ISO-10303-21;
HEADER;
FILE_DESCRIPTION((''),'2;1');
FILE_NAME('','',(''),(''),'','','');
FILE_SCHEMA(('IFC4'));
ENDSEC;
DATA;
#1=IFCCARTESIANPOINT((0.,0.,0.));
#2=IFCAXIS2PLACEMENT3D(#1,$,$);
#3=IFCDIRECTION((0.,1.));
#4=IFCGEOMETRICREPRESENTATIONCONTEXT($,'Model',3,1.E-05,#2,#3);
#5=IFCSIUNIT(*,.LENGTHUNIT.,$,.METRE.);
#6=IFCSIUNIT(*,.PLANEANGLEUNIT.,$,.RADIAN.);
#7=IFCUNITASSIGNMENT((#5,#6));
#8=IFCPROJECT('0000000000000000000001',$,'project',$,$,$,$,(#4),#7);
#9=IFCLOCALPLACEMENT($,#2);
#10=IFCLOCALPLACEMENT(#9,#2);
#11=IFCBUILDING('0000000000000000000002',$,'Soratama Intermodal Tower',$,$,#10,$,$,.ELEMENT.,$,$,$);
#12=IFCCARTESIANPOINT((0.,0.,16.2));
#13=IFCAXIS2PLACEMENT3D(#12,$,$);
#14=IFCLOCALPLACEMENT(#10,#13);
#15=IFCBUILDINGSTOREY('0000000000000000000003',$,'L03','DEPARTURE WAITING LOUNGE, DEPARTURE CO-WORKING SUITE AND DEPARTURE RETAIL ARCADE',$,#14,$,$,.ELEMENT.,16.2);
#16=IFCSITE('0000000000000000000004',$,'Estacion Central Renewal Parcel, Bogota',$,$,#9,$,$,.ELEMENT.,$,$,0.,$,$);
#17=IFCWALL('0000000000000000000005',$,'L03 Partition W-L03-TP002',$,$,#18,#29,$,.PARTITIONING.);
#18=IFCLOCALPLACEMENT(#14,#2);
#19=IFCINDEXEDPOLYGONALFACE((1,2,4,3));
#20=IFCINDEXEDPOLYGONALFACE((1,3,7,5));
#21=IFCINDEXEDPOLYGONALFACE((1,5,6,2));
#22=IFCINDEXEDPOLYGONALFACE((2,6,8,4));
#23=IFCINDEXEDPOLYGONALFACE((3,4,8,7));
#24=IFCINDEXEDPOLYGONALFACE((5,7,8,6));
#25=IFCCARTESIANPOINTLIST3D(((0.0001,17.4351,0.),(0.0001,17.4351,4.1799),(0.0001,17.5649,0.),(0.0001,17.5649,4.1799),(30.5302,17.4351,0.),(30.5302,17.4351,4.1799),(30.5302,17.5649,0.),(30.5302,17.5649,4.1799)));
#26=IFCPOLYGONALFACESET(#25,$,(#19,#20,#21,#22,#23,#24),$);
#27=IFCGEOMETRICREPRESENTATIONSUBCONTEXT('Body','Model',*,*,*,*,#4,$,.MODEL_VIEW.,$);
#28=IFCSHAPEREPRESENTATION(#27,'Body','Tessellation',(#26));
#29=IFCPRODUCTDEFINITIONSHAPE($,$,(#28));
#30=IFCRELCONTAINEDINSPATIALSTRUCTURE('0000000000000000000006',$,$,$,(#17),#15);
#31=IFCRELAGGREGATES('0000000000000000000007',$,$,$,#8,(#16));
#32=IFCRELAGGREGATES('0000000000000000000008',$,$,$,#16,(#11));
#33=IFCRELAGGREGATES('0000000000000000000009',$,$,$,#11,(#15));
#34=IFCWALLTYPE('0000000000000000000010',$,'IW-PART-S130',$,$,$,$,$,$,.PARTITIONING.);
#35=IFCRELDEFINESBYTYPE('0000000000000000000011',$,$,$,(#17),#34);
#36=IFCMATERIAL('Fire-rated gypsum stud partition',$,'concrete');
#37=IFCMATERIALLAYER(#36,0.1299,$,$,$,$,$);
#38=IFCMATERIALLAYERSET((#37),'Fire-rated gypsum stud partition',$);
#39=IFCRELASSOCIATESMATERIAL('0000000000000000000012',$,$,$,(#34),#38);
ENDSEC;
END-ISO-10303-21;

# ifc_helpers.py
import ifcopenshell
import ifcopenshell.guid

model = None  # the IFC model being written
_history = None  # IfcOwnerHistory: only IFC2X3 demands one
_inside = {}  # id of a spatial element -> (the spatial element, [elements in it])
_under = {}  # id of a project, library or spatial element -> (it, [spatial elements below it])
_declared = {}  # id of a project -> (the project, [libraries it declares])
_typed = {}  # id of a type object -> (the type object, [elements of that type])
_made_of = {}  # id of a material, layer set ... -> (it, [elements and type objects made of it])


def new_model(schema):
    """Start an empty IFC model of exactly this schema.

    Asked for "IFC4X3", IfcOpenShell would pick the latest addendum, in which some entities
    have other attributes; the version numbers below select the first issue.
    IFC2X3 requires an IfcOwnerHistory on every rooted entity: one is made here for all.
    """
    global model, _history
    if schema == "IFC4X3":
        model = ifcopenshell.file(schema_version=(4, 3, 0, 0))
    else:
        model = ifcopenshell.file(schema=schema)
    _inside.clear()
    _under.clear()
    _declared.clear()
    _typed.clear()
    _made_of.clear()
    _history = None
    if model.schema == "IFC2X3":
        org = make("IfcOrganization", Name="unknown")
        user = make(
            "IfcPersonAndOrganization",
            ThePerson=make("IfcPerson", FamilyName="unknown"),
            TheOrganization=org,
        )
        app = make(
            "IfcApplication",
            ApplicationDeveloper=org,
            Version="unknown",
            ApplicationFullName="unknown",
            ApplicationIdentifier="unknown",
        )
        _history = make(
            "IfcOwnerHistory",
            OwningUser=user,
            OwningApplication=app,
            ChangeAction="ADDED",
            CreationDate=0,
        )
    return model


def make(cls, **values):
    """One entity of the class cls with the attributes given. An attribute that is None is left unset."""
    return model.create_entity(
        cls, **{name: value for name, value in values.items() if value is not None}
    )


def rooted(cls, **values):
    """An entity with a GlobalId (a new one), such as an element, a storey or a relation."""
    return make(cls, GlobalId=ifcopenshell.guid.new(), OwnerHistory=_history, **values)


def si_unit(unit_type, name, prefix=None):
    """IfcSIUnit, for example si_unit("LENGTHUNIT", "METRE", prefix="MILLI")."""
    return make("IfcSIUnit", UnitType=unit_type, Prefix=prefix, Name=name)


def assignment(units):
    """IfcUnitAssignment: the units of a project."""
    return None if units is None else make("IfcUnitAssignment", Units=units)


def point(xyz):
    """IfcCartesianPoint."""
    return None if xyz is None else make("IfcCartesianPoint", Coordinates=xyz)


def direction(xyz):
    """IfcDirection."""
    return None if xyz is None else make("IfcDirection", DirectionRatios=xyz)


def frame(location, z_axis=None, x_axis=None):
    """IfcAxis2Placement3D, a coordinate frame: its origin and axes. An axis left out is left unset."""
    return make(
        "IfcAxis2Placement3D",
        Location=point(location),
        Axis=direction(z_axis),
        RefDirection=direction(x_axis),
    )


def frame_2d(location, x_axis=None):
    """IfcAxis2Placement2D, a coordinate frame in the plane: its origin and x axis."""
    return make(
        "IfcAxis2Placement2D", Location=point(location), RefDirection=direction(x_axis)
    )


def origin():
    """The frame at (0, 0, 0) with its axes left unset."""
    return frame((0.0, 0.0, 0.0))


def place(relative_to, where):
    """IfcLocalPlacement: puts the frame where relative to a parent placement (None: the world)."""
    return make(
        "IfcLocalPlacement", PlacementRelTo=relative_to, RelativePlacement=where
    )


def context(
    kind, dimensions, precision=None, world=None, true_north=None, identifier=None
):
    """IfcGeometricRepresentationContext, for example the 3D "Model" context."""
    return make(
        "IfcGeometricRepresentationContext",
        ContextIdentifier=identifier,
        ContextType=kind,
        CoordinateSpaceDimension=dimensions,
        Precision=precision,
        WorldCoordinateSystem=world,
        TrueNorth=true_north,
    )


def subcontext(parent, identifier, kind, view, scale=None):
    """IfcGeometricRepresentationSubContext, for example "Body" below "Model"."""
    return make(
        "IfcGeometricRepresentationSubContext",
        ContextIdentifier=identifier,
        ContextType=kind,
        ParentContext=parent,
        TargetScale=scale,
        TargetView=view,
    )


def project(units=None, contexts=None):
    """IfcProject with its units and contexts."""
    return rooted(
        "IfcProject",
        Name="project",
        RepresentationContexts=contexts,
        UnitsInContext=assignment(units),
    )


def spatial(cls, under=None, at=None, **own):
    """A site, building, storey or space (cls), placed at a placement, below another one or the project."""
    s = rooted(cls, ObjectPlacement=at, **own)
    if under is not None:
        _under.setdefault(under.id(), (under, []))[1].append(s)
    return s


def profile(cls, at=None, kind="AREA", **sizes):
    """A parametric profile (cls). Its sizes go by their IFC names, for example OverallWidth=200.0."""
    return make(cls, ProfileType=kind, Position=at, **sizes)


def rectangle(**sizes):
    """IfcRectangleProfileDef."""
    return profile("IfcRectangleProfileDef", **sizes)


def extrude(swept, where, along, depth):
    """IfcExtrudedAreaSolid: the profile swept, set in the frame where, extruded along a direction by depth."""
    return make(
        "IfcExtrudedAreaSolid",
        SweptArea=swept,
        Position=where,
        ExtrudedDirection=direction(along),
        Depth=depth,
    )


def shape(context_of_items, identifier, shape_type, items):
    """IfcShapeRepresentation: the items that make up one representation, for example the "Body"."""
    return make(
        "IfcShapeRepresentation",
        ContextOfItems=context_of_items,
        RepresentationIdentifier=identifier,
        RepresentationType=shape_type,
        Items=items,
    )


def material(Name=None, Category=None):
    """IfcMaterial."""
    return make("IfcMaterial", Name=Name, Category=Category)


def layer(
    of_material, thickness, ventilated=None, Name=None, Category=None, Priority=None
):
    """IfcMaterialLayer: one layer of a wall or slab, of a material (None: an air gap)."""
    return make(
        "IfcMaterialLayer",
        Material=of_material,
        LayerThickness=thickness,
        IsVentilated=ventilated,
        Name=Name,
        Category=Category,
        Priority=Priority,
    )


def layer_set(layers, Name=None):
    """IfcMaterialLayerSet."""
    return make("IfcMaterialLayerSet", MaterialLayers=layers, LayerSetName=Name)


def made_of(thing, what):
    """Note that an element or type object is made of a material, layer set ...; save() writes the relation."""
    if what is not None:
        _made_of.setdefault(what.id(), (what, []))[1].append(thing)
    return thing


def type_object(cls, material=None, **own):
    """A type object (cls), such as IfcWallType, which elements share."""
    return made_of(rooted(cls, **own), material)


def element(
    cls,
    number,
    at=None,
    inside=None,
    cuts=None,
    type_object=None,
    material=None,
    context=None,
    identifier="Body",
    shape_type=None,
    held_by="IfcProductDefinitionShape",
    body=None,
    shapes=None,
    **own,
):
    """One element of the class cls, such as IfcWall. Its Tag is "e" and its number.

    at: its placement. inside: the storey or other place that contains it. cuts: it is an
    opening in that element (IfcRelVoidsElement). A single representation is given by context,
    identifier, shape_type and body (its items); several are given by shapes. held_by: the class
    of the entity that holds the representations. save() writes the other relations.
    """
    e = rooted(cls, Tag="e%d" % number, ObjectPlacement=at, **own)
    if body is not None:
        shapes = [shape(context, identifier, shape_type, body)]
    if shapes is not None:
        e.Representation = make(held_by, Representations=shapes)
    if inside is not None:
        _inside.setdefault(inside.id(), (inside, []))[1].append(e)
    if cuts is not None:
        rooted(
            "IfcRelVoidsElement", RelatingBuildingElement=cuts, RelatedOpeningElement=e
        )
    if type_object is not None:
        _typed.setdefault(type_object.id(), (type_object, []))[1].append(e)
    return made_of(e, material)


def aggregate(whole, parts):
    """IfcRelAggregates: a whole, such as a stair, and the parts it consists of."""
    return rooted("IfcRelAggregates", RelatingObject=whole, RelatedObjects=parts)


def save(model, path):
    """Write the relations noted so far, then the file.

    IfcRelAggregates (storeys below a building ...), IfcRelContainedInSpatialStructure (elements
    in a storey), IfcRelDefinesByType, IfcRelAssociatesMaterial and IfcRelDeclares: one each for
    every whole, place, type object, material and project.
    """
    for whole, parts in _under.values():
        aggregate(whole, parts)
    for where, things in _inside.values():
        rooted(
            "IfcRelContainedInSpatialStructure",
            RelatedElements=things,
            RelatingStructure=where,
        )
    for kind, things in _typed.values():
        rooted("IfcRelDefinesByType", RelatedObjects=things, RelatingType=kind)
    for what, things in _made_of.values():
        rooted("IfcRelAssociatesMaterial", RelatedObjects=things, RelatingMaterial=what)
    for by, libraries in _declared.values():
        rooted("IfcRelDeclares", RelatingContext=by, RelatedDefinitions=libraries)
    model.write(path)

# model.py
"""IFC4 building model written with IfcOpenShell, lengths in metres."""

from ifc_helpers import new_model, si_unit, direction, frame, frame_2d, origin, place, context, subcontext, project, spatial, rectangle, extrude, material, layer, layer_set, type_object, element, save


model = new_model("IFC4")

# Units and contexts
model_context = context("Model", 3, precision=1e-05, world=origin(), true_north=direction((0.0, 1.0)))
body_context = subcontext(model_context, "Body", "Model", "MODEL_VIEW")
ifc_project = project(units=[si_unit("LENGTHUNIT", "METRE"), si_unit("PLANEANGLEUNIT", "RADIAN")], contexts=[model_context])

# Site, building, storey
site_placement = place(None, origin())
site = spatial("IfcSite", under=ifc_project, at=site_placement, Name="Estacion Central Renewal Parcel, Bogota", CompositionType="ELEMENT", RefElevation=0.0)
building_placement = place(site_placement, origin())
building = spatial("IfcBuilding", under=site, at=building_placement, Name="Soratama Intermodal Tower", CompositionType="ELEMENT")
storey_placement = place(building_placement, frame((0.0, 0.0, 16.2)))
storey = spatial("IfcBuildingStorey", under=building, at=storey_placement, Name="L03", Description="DEPARTURE WAITING LOUNGE, DEPARTURE CO-WORKING SUITE AND DEPARTURE RETAIL ARCADE", CompositionType="ELEMENT", Elevation=16.2)

# Wall
ifc_material_1 = material(Name="Fire-rated gypsum stud partition", Category="concrete")
ifc_layer_1 = layer(ifc_material_1, 0.1299)
ifc_layer_set_1 = layer_set([ifc_layer_1], Name="Fire-rated gypsum stud partition")
wall_type = type_object("IfcWallType", Name="IW-PART-S130", PredefinedType="PARTITIONING", material=ifc_layer_set_1)
wall_placement = place(storey_placement, frame((0.0, 17.5, 0.0), z_axis=(0.0, 0.0, 1.0), x_axis=(1.0, 0.0, 0.0)))
element("IfcWall", 1, at=wall_placement, inside=storey, type_object=wall_type, Name="L03 Partition W-L03-TP002", PredefinedType="PARTITIONING", context=body_context, shape_type="SweptSolid", body=[
    extrude(rectangle(XDim=30.53, YDim=0.1299, at=frame_2d((15.2651, 0.0))), origin(), (0.0, 0.0, 1.0), 4.1799),
])

save(model, "model.ifc")
